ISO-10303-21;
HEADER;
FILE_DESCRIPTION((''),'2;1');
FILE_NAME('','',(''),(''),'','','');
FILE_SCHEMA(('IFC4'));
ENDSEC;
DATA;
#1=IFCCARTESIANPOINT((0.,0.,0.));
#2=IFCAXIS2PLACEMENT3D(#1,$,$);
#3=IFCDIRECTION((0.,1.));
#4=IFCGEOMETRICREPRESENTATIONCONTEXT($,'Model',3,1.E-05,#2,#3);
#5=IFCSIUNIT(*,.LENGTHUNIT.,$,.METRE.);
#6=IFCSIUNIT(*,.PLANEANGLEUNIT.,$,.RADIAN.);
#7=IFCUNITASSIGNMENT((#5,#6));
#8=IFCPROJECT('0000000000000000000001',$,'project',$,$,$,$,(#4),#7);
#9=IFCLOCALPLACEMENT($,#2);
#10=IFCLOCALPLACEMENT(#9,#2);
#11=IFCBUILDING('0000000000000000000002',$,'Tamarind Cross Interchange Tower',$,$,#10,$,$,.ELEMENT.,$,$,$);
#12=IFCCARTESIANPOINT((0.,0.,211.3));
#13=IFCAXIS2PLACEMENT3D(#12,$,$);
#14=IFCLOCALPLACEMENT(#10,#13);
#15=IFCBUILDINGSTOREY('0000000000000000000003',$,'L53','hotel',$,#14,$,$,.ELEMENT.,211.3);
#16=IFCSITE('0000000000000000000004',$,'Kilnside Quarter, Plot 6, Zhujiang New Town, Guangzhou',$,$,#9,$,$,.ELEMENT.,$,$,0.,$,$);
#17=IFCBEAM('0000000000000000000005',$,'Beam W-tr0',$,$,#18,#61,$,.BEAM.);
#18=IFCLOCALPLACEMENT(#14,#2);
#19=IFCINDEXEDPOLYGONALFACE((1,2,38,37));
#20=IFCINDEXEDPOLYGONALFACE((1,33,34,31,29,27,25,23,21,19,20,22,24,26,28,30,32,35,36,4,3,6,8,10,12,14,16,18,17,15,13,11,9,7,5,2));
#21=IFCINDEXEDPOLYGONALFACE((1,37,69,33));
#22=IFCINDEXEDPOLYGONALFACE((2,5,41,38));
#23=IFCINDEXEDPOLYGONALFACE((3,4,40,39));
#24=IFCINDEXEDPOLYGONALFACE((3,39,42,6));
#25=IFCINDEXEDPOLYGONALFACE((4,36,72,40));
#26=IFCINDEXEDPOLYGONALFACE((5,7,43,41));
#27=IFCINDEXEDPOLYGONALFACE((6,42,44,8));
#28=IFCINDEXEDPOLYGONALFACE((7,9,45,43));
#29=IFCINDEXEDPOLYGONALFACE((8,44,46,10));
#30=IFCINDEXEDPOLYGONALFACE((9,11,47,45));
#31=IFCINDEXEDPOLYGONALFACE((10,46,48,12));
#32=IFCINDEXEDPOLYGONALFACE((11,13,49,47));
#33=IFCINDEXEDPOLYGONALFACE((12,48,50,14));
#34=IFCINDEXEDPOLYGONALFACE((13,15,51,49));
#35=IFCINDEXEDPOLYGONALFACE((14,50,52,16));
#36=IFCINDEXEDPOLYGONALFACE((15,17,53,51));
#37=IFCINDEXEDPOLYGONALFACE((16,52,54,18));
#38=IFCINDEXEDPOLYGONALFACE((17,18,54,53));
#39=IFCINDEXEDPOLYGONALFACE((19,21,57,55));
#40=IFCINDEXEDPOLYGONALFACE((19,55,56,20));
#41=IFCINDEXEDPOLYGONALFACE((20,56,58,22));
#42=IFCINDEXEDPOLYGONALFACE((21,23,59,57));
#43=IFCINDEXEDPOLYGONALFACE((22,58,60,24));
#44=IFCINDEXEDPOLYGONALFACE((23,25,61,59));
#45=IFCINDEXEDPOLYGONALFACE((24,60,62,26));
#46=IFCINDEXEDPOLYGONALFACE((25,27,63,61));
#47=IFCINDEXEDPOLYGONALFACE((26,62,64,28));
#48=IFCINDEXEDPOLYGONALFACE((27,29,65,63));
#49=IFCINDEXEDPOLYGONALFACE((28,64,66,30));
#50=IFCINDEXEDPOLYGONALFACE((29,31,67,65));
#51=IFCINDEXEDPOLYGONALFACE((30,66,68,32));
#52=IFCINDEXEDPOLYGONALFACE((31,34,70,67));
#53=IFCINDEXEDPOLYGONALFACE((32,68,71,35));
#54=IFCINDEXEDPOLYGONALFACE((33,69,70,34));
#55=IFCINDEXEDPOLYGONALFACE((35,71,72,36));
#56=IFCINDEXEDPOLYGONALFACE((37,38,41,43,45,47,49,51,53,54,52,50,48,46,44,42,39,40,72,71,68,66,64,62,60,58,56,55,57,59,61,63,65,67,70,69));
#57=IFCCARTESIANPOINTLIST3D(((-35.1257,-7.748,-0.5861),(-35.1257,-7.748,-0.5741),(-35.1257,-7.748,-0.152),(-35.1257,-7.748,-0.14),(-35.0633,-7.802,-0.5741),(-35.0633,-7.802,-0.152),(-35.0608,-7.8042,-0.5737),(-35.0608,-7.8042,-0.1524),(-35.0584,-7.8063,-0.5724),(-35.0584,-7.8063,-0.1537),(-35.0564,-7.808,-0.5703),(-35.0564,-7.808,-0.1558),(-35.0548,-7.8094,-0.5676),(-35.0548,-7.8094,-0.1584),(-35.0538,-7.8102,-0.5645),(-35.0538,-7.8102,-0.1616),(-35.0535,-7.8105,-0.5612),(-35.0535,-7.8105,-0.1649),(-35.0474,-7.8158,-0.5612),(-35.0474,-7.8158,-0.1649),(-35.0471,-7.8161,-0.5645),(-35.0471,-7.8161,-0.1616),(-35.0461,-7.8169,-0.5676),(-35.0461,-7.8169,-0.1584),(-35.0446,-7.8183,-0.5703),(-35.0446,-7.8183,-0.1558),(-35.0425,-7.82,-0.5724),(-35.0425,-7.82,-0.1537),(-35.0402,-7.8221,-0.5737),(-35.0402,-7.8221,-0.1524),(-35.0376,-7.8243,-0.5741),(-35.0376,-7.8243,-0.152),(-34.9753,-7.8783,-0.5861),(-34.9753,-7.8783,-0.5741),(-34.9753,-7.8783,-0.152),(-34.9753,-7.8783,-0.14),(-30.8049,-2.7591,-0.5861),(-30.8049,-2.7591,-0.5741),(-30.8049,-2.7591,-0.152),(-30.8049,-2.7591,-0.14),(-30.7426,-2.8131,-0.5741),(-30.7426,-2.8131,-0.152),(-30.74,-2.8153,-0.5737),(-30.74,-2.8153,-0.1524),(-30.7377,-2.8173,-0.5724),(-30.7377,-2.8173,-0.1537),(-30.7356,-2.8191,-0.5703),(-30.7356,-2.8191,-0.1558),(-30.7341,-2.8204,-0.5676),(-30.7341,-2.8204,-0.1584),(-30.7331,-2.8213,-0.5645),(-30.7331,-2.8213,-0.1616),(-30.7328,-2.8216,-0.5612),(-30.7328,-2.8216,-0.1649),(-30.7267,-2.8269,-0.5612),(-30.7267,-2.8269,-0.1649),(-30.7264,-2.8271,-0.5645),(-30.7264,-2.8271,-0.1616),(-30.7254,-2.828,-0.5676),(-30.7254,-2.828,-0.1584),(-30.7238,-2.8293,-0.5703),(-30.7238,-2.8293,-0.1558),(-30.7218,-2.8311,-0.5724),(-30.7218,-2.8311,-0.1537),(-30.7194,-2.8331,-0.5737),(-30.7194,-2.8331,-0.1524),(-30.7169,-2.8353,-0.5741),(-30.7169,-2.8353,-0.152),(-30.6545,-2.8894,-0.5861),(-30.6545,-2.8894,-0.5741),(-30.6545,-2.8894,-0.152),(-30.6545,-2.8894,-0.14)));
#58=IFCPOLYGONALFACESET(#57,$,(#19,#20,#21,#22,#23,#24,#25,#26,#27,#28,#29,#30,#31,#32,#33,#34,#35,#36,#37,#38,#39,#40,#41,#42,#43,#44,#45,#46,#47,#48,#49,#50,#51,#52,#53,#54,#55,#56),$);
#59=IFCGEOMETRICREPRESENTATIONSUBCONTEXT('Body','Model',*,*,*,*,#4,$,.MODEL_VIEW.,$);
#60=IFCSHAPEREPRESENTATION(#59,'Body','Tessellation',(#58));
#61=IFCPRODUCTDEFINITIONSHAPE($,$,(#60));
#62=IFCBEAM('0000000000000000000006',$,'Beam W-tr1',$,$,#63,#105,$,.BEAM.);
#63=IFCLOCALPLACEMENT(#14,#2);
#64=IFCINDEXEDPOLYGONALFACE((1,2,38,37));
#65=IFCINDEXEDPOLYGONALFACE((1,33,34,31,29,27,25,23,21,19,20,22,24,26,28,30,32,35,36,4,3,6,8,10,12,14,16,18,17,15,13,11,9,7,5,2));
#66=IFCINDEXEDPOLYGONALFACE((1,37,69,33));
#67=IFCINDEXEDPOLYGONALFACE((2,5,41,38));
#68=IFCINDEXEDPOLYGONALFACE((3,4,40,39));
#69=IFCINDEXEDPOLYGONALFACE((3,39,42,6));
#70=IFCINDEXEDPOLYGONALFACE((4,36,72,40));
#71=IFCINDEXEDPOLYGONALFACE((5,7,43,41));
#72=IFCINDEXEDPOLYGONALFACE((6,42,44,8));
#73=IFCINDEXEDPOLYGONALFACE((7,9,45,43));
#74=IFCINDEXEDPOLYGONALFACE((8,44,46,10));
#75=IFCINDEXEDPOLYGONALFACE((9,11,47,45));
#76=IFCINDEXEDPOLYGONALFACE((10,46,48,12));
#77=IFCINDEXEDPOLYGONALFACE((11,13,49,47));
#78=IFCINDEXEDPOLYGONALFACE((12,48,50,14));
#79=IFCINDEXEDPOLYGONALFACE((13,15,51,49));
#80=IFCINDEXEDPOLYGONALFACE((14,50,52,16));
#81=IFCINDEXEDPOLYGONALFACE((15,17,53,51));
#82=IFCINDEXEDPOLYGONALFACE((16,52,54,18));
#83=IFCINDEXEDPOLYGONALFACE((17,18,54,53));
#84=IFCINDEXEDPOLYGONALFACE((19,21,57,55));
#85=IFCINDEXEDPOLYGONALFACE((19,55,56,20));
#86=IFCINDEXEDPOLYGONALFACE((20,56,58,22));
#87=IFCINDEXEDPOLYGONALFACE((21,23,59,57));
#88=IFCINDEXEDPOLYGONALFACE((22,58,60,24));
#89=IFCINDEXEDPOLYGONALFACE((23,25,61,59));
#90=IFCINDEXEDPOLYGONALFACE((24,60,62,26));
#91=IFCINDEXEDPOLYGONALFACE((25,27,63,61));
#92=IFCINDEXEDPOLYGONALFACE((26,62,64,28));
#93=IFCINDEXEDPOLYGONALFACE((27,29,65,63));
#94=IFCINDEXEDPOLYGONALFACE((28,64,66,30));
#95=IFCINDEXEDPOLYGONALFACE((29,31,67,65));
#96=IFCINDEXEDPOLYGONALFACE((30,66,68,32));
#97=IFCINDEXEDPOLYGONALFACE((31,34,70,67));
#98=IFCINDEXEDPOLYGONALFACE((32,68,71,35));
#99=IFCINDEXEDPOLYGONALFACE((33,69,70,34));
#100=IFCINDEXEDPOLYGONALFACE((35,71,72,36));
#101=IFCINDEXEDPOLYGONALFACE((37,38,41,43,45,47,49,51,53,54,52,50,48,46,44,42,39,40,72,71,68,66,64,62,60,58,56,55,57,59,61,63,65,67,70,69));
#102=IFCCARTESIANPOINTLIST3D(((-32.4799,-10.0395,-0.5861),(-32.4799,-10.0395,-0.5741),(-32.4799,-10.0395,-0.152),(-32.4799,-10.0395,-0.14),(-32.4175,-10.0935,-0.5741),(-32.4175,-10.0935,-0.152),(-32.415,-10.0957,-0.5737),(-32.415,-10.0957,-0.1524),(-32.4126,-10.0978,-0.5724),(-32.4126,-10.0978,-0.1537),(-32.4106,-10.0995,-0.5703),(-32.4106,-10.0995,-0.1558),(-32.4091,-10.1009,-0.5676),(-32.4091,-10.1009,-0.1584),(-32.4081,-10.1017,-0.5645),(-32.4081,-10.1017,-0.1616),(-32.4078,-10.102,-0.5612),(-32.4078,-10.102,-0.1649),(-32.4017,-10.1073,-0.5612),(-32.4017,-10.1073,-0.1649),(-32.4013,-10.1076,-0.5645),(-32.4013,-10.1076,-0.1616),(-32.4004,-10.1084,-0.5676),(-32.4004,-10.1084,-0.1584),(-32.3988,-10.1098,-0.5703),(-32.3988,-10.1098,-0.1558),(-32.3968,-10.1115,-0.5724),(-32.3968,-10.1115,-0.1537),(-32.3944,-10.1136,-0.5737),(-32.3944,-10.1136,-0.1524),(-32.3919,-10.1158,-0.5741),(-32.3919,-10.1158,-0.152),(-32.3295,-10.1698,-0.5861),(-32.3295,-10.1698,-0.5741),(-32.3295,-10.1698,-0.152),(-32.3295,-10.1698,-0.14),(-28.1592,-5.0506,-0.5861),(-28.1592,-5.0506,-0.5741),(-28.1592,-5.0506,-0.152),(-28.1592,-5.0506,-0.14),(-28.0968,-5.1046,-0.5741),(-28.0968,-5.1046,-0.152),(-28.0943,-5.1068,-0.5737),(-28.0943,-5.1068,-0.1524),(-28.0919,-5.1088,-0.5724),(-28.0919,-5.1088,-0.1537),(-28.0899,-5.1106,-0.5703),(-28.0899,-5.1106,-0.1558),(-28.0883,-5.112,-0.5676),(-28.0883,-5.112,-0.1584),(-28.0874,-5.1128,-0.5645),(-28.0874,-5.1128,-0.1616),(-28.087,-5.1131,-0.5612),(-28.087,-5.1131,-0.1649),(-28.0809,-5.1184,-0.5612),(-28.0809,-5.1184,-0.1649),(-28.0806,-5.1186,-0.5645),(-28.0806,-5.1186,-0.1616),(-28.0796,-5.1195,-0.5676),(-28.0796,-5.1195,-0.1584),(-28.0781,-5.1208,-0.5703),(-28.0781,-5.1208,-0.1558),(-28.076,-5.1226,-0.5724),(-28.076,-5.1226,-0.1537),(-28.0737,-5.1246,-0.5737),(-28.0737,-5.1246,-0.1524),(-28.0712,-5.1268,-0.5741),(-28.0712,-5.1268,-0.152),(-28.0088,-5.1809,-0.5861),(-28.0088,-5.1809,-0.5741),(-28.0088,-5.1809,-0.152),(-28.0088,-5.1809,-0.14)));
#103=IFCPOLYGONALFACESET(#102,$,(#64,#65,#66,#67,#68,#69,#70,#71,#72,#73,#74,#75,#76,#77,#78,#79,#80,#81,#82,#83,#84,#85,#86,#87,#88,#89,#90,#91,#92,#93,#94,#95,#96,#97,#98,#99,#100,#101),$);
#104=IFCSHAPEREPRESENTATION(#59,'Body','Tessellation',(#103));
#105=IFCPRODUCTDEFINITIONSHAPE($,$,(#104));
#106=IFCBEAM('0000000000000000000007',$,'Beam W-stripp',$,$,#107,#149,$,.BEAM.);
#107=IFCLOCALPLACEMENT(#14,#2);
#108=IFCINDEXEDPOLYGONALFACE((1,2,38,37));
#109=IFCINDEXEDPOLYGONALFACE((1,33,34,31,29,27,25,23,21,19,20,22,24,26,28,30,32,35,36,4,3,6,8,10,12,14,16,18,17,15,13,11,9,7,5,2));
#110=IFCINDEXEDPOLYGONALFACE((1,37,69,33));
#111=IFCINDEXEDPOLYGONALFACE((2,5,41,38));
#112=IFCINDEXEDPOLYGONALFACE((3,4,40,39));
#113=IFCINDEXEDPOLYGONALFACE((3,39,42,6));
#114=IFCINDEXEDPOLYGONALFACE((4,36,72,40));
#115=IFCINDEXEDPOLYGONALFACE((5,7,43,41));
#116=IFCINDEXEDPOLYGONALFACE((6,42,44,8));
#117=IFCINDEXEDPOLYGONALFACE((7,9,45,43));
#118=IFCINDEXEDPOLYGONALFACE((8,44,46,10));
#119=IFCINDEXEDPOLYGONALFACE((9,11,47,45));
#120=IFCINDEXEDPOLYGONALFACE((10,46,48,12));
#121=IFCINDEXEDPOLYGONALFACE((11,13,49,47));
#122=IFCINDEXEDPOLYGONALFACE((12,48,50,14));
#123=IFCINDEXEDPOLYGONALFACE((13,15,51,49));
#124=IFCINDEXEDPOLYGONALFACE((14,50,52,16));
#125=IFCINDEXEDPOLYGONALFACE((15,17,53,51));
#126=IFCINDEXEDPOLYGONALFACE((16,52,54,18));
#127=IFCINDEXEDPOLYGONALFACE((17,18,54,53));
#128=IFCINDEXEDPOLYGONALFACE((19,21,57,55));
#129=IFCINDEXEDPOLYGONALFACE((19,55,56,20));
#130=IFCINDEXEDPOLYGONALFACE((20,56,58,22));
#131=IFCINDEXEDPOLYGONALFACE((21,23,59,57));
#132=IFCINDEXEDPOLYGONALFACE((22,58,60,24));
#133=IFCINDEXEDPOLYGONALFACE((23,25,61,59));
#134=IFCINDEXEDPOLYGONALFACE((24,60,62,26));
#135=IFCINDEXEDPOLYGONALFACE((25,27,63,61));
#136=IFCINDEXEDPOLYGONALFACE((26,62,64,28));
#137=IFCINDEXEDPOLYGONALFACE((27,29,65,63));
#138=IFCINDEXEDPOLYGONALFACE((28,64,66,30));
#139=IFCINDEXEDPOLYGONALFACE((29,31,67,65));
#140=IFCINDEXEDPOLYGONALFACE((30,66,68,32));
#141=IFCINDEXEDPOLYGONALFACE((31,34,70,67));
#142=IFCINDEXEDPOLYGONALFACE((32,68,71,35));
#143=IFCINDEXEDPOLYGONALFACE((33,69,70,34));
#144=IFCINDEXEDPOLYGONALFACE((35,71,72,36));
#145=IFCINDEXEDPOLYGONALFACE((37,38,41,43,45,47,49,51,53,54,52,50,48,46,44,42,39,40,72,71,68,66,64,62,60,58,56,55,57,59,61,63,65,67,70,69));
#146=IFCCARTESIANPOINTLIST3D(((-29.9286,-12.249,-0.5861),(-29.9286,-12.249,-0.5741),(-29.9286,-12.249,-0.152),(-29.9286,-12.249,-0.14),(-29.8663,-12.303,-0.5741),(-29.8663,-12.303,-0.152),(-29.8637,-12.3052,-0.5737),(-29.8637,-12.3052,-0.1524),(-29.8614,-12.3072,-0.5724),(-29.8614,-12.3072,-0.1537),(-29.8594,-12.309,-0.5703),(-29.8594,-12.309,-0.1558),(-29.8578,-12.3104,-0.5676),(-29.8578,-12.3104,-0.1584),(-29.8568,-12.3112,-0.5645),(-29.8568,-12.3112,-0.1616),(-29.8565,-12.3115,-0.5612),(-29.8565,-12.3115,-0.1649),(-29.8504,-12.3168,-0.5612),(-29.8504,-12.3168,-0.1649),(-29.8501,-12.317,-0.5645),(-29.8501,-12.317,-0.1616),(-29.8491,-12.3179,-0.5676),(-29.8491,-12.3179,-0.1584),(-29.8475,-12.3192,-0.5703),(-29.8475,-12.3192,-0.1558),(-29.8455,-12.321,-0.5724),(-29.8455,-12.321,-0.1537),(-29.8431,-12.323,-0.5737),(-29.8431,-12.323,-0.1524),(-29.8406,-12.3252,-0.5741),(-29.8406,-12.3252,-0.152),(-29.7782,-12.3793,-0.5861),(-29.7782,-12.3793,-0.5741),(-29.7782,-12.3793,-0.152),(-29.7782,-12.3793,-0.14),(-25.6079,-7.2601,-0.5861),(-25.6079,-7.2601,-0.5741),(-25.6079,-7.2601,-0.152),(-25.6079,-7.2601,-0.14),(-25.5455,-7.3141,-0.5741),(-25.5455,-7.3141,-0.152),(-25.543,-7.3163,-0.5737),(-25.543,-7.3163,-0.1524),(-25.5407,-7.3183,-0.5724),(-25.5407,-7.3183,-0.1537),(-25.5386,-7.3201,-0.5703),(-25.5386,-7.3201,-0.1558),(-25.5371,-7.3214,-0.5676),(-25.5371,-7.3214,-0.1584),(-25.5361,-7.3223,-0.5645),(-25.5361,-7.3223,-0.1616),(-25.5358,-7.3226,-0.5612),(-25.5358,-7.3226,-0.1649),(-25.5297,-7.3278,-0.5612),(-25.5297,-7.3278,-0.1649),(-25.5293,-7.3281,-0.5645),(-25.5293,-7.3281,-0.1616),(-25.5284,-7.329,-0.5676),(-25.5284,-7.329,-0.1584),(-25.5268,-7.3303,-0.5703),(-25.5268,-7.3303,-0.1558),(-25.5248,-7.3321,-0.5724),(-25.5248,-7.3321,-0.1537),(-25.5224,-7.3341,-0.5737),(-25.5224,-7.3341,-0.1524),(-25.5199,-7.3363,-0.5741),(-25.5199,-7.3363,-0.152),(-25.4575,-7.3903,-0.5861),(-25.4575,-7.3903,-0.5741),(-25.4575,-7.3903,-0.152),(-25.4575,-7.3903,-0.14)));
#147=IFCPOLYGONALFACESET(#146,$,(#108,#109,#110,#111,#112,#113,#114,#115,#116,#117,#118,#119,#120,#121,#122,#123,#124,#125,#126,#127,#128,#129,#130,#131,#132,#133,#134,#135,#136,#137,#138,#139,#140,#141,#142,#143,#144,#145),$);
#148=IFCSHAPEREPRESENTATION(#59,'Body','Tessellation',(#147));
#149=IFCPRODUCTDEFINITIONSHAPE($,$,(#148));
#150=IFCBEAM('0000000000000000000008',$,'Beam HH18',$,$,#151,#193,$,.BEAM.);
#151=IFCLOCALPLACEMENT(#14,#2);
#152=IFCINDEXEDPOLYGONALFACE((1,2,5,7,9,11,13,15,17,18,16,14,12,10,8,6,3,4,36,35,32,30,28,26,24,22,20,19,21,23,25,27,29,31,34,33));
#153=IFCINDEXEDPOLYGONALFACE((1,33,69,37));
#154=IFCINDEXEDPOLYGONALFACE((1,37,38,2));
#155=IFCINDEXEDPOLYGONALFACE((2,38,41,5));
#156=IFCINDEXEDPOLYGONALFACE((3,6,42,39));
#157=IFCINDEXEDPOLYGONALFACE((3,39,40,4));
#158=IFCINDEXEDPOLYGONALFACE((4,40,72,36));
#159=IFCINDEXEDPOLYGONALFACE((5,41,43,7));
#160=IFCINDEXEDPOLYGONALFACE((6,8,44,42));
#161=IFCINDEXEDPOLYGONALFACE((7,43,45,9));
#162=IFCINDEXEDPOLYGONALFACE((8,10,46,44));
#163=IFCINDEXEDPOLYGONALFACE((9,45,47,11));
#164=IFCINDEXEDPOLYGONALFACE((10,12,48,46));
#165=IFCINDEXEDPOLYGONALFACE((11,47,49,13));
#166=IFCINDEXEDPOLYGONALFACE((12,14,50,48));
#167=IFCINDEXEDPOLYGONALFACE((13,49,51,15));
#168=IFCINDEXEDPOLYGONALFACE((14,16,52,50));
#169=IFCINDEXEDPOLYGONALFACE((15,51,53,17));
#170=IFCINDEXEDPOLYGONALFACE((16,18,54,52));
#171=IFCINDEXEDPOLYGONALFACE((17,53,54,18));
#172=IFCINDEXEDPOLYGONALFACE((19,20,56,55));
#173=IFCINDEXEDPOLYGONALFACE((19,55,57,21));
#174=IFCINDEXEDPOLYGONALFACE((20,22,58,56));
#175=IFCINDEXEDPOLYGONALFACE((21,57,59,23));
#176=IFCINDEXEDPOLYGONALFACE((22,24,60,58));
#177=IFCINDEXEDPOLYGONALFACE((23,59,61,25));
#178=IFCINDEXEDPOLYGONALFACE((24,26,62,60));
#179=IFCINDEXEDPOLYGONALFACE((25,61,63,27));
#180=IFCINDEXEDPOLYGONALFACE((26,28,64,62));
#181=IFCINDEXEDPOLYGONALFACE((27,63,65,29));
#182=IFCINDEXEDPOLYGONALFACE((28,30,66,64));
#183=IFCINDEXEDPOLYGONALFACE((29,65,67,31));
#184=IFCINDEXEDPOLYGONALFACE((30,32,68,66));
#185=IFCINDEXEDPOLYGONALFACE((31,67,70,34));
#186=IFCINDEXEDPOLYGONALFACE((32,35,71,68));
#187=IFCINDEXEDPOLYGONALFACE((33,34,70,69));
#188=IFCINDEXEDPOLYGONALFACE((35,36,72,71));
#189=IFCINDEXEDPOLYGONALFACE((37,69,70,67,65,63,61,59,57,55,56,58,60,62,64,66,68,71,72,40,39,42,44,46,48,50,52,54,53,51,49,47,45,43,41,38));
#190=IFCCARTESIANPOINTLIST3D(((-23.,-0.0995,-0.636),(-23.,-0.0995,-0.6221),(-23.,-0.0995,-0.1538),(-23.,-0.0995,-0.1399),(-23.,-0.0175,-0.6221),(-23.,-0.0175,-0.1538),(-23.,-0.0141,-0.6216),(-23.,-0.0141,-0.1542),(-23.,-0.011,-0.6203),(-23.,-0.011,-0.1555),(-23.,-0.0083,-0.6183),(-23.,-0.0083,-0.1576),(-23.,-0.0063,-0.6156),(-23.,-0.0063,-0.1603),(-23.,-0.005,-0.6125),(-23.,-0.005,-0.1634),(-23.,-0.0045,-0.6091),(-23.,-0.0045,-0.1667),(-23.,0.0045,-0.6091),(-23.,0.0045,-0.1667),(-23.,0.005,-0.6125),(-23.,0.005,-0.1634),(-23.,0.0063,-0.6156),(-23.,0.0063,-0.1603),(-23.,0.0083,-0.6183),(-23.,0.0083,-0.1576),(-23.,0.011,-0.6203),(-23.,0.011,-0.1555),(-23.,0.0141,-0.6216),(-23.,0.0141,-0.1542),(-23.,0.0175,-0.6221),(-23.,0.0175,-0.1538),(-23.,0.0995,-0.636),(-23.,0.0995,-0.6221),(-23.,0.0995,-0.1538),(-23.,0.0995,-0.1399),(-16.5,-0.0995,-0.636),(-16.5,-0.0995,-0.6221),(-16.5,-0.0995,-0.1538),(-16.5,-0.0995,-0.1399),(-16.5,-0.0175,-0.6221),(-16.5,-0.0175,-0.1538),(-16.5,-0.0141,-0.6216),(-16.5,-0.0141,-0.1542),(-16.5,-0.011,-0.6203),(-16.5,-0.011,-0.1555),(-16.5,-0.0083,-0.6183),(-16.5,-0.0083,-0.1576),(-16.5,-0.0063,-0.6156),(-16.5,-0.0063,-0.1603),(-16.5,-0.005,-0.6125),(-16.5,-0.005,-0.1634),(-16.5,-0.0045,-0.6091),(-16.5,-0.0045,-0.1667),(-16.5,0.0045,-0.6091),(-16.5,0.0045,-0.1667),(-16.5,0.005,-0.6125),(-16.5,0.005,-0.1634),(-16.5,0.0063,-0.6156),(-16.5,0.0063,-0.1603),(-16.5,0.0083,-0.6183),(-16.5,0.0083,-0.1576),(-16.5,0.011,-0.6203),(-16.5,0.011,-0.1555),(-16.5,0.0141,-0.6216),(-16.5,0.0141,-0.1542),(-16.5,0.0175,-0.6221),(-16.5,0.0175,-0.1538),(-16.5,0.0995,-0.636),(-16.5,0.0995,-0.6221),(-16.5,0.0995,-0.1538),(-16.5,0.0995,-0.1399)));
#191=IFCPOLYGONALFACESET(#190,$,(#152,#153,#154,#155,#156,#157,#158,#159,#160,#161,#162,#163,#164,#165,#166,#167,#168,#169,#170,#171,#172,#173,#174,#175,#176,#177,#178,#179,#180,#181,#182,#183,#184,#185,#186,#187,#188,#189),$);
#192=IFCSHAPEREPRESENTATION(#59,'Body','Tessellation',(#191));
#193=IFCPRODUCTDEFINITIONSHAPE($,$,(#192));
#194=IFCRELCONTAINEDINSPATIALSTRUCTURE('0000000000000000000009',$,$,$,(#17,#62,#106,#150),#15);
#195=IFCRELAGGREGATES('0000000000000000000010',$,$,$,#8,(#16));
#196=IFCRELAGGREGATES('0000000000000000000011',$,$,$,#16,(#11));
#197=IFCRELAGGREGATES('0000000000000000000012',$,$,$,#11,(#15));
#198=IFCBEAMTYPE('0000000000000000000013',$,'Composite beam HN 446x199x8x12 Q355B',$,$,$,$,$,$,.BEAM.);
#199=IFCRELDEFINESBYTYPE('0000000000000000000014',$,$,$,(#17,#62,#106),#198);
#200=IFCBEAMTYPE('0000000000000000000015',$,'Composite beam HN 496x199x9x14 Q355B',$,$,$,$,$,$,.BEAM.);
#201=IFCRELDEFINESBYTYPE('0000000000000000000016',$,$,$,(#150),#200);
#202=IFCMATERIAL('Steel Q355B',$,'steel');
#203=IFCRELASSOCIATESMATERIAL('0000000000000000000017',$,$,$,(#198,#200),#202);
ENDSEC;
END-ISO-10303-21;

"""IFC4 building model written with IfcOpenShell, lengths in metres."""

from ifc_helpers import new_model, si_unit, direction, frame, origin, origin_2d, place, context, subcontext, project, spatial, i_section, extrude, material, material_profile, profile_set, type_object, element, save


model = new_model("IFC4")

# Units and contexts
model_context = context("Model", 3, precision=1e-05, world=origin(), true_north=direction((0.0, 1.0)))
body_context = subcontext(model_context, "Body", "Model", "MODEL_VIEW")
ifc_project = project(units=[si_unit("LENGTHUNIT", "METRE"), si_unit("PLANEANGLEUNIT", "RADIAN")], contexts=[model_context])

# Site, building, storey
site_placement = place(None, origin())
site = spatial("IfcSite", under=ifc_project, at=site_placement, Name="Kilnside Quarter, Plot 6, Zhujiang New Town, Guangzhou", CompositionType="ELEMENT", RefElevation=0.0)
building_placement = place(site_placement, origin())
building = spatial("IfcBuilding", under=site, at=building_placement, Name="Tamarind Cross Interchange Tower", CompositionType="ELEMENT")
storey_placement = place(building_placement, frame((0.0, 0.0, 211.3)))
storey = spatial("IfcBuildingStorey", under=building, at=storey_placement, Name="L53", Description="hotel", CompositionType="ELEMENT", Elevation=211.3)

# Beams
ifc_material_1 = material(Name="Steel Q355B", Category="steel")
ifc_material_profile_1 = material_profile(ifc_material_1, i_section(OverallWidth=0.199, OverallDepth=0.446, WebThickness=0.0081, FlangeThickness=0.012, FilletRadius=0.0129, at=origin_2d()), Name="HN 446x199x8x12")
ifc_profile_set_1 = profile_set([ifc_material_profile_1], Name="Steel Q355B")
beam_type_1 = type_object("IfcBeamType", Name="Composite beam HN 446x199x8x12 Q355B", PredefinedType="BEAM", material=ifc_profile_set_1)
for number, where, z_axis, x_axis, name in (
    (1, (-30.7297, -2.8242, -0.363), (-0.65467, -0.755915, 0.0), (0.755915, -0.65467, 0.0), "Beam W-tr0"),
    (2, (-28.084, -5.1157, -0.363), (-0.65467, -0.755915, 0.0), (0.755915, -0.65467, 0.0), "Beam W-tr1"),
    (3, (-25.5327, -7.3252, -0.363), (-0.65467, -0.755915, 0.0), (0.755915, -0.65467, 0.0), "Beam W-stripp"),
):
    element("IfcBeam", number, at=place(storey_placement, frame(where, z_axis=z_axis, x_axis=x_axis)), inside=storey, type_object=beam_type_1, Name=name, PredefinedType="BEAM", context=body_context, shape_type="SweptSolid", body=[
        extrude(i_section(OverallWidth=0.199, OverallDepth=0.446, WebThickness=0.0081, FlangeThickness=0.012, FilletRadius=0.0129, at=origin_2d()), origin(), (0.0, 0.0, 1.0), 6.5999),
    ])
ifc_material_profile_2 = material_profile(ifc_material_1, i_section(OverallWidth=0.199, OverallDepth=0.4961, WebThickness=0.009, FlangeThickness=0.0139, FilletRadius=0.0129, at=origin_2d()), Name="HN 496x199x9x14")
ifc_profile_set_2 = profile_set([ifc_material_profile_2], Name="Steel Q355B")
beam_type_2 = type_object("IfcBeamType", Name="Composite beam HN 496x199x9x14 Q355B", PredefinedType="BEAM", material=ifc_profile_set_2)
beam_1_placement = place(storey_placement, frame((-23.0, 0.0, -0.3879), z_axis=(1.0, 0.0, 0.0), x_axis=(0.0, 1.0, 0.0)))
element("IfcBeam", 4, at=beam_1_placement, inside=storey, type_object=beam_type_2, Name="Beam HH18", PredefinedType="BEAM", context=body_context, shape_type="SweptSolid", body=[
    extrude(i_section(OverallWidth=0.199, OverallDepth=0.4961, WebThickness=0.009, FlangeThickness=0.0139, FilletRadius=0.0129, at=origin_2d()), origin(), (0.0, 0.0, 1.0), 6.5),
])

save(model, "model.ifc")
